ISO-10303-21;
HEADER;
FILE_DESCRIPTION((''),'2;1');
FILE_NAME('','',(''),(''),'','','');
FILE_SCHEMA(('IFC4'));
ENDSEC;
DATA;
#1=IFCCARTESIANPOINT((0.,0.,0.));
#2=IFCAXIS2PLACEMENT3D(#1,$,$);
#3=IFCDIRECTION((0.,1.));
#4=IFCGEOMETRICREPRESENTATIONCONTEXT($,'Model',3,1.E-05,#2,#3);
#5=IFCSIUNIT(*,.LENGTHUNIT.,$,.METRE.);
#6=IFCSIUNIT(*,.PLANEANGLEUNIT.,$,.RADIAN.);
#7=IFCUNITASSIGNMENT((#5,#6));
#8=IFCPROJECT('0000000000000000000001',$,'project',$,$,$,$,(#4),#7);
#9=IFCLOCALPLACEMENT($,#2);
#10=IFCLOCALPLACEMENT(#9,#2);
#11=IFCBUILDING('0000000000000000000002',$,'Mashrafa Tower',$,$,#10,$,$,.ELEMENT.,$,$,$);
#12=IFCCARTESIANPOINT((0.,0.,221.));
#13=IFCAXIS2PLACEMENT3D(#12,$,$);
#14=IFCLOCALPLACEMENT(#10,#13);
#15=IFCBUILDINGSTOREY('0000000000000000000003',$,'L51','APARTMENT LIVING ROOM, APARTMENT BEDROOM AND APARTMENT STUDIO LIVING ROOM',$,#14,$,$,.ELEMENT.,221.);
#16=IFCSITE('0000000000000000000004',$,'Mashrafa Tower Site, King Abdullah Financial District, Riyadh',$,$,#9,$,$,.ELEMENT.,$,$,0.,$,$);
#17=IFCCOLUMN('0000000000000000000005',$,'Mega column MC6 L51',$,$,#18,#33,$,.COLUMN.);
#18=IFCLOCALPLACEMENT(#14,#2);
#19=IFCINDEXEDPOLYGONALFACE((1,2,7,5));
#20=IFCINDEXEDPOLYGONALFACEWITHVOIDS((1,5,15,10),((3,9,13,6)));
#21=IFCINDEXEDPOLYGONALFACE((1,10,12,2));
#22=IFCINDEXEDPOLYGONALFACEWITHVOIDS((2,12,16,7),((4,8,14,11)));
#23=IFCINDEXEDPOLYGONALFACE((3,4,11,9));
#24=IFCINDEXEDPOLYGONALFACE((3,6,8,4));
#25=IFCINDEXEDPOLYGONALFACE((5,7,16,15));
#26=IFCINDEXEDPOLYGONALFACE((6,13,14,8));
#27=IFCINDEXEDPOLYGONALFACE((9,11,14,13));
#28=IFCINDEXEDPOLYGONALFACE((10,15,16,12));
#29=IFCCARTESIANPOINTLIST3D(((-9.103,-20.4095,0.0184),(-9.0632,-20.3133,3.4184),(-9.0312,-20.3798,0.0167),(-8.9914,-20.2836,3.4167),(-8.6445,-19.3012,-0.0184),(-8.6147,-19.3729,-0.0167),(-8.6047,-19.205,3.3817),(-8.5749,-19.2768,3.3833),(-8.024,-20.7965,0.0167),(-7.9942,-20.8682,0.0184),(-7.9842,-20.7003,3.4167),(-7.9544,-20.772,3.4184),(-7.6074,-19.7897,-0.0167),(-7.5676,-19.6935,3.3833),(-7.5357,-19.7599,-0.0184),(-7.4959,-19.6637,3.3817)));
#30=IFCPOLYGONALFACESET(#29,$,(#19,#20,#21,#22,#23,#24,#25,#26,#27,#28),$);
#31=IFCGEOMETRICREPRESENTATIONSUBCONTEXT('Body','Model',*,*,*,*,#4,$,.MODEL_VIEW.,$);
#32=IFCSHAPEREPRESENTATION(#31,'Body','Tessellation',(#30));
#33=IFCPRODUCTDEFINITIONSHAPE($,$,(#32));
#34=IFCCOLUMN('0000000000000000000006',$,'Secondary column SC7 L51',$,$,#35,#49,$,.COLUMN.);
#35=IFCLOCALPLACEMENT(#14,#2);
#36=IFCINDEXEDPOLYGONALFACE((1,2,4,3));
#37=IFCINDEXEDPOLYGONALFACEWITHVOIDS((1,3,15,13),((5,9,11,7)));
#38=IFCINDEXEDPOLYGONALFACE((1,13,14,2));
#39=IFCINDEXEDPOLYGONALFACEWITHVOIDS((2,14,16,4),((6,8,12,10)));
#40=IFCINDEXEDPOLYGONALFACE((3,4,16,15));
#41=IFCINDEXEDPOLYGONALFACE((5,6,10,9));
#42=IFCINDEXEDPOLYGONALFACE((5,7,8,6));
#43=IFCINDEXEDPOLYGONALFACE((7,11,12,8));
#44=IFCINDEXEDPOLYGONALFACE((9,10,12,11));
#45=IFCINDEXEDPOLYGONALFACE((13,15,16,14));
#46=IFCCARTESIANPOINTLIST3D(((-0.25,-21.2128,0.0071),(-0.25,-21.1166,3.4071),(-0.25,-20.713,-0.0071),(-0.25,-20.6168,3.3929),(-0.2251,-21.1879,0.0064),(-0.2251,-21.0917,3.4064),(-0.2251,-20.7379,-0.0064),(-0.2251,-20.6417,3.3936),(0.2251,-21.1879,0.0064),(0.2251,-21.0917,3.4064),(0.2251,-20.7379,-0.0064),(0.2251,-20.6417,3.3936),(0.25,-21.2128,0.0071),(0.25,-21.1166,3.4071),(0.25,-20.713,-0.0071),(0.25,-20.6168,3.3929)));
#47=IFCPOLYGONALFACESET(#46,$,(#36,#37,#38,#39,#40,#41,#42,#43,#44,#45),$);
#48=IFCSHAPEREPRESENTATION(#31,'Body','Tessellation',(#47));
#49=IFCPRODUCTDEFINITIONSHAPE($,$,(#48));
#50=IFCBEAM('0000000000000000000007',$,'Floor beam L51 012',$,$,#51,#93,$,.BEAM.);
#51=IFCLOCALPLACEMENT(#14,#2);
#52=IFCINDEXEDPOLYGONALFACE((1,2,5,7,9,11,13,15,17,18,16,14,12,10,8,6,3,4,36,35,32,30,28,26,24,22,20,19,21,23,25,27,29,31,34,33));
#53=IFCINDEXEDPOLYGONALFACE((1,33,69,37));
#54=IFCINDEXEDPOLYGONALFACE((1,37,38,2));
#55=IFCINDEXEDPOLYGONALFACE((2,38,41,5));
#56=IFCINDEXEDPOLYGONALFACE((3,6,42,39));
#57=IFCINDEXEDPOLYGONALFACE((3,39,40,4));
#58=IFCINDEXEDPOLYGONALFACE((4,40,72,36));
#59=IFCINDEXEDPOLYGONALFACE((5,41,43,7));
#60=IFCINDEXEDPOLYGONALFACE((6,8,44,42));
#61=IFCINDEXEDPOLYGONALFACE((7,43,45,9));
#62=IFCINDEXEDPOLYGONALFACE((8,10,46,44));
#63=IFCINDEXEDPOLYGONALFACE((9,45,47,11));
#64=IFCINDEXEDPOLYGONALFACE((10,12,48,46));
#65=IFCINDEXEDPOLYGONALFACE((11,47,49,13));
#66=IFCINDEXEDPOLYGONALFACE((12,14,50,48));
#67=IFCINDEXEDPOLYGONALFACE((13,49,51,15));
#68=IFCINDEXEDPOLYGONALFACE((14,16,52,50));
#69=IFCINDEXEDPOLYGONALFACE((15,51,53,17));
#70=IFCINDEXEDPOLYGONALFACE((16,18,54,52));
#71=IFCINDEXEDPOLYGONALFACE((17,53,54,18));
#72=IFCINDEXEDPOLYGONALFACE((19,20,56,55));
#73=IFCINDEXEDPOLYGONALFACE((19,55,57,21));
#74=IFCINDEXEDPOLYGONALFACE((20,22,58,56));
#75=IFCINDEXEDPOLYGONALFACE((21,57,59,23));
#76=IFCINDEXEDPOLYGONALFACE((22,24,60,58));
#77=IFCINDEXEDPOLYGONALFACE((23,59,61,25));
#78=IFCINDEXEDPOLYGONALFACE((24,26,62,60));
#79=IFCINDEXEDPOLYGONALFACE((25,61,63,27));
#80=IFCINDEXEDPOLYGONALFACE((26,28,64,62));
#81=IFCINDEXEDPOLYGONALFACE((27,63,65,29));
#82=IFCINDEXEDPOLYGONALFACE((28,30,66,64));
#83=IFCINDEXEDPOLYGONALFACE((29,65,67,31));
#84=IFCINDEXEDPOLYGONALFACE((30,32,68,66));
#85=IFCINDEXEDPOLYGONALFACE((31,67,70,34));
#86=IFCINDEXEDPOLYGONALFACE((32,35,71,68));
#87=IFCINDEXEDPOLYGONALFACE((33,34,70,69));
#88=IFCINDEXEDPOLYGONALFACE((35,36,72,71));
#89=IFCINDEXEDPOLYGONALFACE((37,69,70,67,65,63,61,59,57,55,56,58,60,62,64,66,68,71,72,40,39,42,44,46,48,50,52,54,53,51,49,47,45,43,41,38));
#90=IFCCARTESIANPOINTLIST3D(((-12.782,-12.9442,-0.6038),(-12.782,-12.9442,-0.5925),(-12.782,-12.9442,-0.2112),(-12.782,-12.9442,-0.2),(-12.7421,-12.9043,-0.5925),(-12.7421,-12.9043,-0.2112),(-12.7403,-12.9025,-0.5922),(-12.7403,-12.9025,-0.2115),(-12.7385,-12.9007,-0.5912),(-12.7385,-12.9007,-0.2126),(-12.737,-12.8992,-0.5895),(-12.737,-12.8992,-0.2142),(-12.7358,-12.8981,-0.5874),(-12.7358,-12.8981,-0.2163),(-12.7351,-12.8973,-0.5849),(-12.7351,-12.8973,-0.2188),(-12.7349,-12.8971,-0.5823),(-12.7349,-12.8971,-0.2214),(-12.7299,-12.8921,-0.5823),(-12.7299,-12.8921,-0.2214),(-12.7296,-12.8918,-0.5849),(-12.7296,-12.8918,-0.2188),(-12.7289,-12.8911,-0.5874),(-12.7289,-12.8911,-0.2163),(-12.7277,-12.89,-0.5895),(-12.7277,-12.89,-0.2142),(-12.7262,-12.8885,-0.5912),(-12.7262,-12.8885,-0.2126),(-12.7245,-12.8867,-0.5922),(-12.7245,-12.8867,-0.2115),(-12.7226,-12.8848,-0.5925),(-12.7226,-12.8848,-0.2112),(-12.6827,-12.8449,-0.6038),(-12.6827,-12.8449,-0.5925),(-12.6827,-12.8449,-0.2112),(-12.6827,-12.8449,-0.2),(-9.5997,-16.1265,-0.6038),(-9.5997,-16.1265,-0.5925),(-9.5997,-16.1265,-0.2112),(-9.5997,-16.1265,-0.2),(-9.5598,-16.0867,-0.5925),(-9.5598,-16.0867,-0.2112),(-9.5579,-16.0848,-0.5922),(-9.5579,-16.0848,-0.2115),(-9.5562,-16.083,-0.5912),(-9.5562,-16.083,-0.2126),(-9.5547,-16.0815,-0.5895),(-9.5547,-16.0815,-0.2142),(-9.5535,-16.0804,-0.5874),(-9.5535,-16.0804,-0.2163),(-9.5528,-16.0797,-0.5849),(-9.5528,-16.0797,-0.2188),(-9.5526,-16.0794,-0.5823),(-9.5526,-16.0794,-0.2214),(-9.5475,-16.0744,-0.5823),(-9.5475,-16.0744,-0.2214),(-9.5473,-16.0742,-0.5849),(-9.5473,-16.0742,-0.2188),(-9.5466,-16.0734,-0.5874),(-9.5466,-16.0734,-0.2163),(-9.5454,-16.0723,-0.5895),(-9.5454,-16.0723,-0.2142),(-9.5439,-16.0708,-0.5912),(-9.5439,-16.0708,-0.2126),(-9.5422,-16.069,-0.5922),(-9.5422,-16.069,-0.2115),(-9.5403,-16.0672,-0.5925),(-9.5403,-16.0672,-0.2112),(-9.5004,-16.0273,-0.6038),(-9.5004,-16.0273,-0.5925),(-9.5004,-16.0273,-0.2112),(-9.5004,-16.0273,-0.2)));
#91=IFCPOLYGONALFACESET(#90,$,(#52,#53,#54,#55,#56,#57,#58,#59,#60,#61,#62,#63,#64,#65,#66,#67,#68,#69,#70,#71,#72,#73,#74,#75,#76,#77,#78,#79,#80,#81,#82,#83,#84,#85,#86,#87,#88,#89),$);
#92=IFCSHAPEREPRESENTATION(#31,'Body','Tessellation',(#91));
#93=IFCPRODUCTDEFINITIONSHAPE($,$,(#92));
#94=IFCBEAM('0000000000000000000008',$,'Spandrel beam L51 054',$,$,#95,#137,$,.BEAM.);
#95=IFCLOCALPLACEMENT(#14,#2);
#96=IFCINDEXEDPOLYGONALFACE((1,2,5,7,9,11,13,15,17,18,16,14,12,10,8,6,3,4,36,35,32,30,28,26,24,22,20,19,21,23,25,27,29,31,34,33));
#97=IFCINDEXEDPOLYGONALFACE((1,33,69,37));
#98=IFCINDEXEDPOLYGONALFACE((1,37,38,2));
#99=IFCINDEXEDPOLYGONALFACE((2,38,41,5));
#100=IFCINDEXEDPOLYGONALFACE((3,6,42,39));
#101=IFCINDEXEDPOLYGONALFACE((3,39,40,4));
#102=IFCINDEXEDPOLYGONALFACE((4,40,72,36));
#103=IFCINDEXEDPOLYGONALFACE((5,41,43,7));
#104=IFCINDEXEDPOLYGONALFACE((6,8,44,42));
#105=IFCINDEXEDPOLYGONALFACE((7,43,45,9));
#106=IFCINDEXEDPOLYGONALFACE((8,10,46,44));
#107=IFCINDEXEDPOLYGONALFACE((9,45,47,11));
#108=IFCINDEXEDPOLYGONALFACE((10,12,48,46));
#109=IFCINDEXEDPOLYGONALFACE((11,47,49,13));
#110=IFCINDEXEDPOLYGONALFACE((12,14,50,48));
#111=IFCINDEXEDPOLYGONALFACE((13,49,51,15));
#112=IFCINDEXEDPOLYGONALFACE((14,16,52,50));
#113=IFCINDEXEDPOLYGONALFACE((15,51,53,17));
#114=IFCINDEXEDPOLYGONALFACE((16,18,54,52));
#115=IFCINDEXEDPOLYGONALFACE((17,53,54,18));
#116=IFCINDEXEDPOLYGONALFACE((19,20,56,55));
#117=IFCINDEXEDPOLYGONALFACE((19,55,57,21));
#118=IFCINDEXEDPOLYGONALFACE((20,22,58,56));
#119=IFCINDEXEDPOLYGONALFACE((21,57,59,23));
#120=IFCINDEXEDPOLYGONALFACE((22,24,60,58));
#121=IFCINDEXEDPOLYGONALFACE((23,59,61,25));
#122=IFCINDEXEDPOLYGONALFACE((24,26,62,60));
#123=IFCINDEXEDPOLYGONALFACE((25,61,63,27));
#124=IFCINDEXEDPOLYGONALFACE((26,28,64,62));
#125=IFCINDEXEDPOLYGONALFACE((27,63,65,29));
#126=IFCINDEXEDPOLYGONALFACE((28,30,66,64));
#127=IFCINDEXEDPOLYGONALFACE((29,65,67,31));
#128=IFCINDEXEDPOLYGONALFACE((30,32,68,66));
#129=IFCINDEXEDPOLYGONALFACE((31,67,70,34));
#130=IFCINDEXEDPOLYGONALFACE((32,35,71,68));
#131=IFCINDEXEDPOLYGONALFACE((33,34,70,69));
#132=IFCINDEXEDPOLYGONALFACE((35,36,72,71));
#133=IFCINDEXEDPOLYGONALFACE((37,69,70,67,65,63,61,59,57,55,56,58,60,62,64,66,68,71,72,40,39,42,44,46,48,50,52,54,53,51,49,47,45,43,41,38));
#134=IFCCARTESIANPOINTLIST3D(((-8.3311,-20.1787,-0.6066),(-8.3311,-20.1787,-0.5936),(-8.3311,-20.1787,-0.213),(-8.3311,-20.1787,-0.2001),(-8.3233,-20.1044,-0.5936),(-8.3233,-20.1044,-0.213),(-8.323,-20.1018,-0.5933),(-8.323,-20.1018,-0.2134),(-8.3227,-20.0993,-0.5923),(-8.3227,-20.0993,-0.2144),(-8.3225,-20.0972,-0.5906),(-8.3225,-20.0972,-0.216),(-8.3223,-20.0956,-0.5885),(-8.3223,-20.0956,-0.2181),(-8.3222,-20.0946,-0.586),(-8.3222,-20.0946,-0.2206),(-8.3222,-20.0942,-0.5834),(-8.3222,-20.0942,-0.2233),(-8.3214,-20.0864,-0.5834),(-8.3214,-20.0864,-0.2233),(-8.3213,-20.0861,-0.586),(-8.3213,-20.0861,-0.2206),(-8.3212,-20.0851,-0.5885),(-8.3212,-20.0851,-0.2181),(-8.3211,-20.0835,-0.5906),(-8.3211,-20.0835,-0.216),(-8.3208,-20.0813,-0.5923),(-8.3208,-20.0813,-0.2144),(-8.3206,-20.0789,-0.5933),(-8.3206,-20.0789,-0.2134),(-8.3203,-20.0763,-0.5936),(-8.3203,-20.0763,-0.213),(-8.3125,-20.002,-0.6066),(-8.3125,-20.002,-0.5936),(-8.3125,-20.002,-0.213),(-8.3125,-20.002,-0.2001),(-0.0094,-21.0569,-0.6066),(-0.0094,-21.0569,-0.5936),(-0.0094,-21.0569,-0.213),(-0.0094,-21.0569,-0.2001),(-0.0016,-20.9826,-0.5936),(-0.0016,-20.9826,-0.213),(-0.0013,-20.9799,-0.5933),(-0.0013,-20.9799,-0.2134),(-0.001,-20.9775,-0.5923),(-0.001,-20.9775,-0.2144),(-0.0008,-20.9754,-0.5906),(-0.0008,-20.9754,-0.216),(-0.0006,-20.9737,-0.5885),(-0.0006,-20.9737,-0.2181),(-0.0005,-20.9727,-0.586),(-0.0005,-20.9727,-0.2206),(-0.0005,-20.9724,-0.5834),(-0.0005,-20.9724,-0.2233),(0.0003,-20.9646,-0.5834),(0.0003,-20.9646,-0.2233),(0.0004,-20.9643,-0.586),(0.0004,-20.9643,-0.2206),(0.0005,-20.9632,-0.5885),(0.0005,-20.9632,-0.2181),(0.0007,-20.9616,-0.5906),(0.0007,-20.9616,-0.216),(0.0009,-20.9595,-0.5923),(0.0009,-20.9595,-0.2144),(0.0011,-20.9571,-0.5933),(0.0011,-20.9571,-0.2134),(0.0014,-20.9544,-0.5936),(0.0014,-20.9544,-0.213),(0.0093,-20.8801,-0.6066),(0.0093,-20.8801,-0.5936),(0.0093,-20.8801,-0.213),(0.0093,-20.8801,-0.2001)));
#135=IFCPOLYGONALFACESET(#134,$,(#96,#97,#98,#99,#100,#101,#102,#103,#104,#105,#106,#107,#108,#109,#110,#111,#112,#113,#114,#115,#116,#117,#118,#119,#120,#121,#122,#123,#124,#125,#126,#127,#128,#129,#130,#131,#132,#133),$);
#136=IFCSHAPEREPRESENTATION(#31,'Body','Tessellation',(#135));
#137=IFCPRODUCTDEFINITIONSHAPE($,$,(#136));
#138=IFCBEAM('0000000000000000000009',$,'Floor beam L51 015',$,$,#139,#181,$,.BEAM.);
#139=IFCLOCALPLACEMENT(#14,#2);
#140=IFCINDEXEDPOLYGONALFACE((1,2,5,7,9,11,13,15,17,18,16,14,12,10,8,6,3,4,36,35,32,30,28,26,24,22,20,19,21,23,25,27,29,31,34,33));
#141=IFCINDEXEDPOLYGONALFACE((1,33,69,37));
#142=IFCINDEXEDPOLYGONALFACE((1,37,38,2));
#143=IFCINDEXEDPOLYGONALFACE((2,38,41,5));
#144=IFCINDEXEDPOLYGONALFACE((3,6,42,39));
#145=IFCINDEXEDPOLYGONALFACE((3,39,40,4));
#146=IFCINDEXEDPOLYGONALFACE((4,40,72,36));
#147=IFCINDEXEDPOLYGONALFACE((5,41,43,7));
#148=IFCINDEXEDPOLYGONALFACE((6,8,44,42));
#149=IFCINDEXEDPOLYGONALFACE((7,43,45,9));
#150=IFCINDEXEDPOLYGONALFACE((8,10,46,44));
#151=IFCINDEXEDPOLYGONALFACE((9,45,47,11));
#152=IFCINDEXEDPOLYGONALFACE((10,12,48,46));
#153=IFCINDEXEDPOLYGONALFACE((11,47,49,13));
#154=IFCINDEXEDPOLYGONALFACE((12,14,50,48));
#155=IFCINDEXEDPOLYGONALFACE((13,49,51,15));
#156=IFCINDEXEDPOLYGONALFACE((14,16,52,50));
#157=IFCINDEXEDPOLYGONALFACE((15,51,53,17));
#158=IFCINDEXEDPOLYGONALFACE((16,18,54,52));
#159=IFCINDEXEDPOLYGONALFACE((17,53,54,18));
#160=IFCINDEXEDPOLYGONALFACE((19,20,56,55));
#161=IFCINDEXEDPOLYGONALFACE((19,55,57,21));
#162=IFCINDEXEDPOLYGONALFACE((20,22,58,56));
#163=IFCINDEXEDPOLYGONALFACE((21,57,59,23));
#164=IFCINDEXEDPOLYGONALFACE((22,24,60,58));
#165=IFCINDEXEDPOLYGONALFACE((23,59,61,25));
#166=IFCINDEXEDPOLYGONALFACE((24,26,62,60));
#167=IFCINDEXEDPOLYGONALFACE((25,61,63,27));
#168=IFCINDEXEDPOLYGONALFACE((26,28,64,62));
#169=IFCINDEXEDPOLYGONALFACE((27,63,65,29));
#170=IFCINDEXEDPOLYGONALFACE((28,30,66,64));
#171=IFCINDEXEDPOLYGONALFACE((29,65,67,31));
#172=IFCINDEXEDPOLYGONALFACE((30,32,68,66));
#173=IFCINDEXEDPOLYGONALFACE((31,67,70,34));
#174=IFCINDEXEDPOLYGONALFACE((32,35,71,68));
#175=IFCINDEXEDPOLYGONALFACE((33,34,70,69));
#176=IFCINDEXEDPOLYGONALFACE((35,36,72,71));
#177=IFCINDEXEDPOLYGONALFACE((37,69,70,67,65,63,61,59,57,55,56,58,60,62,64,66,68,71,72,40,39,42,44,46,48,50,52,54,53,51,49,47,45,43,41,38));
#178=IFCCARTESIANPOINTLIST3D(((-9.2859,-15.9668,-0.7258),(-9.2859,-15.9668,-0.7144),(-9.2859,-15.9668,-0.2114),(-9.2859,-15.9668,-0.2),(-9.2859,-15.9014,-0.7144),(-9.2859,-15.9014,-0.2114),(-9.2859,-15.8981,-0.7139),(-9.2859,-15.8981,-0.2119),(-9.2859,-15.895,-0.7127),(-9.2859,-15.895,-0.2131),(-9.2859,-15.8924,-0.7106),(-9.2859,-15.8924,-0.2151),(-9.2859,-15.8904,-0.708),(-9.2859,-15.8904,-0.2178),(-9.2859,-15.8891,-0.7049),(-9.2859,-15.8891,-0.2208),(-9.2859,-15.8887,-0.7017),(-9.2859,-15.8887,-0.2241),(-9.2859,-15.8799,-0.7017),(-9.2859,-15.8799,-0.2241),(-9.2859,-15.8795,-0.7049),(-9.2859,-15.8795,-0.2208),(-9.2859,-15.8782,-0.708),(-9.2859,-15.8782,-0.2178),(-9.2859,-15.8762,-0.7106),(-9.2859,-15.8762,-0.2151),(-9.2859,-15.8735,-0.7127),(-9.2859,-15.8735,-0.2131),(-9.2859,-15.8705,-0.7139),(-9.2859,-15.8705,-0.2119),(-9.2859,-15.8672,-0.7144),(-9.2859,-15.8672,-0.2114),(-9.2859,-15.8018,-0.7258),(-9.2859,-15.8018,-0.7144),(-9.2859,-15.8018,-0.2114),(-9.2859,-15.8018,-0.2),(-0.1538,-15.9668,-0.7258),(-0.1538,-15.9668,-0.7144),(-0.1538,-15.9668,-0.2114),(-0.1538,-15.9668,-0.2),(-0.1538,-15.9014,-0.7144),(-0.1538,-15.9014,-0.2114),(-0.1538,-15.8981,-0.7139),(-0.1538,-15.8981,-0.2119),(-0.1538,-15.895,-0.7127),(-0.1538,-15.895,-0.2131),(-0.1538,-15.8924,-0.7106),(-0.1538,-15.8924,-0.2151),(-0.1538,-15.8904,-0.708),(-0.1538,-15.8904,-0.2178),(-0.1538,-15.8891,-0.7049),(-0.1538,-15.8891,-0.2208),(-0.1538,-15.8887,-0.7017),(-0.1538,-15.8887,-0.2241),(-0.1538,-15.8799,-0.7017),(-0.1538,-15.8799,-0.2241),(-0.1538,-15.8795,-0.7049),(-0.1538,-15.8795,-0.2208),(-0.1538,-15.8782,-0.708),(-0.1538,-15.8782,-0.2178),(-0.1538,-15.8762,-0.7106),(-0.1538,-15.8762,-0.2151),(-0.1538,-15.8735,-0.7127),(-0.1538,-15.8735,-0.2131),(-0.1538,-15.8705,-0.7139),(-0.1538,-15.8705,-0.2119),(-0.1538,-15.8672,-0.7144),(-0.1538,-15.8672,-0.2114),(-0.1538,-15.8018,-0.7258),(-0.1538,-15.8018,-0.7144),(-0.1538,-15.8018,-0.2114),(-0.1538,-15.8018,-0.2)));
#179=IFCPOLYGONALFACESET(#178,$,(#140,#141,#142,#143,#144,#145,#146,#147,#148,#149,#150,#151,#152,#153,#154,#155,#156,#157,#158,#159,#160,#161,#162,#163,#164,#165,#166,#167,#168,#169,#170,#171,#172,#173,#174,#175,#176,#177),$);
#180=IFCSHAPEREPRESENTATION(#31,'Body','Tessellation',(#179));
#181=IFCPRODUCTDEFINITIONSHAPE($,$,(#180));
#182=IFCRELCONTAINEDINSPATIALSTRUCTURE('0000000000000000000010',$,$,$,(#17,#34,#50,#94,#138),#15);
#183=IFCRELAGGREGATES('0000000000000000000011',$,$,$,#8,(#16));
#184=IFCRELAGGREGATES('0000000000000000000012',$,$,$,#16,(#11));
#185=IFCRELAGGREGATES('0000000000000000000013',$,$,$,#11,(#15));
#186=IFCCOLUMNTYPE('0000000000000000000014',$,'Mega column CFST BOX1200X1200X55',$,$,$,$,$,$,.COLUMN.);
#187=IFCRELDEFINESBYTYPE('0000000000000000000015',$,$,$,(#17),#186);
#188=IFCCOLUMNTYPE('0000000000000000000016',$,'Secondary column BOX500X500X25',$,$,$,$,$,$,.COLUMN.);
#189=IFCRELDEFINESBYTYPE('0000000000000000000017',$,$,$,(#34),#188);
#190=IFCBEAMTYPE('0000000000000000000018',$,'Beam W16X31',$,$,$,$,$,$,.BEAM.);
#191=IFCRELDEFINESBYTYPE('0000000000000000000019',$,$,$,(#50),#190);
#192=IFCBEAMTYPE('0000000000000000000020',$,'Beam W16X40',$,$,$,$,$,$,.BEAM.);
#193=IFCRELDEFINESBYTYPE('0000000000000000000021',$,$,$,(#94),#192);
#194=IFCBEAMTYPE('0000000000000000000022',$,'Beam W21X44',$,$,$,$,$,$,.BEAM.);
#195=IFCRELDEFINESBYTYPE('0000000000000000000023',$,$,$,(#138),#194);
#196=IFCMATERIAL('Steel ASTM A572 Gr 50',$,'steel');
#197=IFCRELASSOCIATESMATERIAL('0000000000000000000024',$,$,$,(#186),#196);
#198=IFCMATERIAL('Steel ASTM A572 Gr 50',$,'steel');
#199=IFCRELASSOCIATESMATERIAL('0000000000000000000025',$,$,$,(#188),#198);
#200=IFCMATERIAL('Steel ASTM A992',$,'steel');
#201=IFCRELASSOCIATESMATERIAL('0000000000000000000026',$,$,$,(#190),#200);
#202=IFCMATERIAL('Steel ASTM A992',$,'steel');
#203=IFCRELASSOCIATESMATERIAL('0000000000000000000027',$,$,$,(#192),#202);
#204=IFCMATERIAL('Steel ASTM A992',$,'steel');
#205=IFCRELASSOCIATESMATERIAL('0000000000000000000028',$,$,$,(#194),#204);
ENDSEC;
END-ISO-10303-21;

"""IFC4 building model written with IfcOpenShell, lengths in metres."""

from ifc_helpers import new_model, si_unit, direction, frame, origin, origin_2d, place, context, subcontext, project, spatial, hollow_rectangle, i_section, extrude, material, material_profile, profile_set, type_object, element, save


model = new_model("IFC4")

# Units and contexts
model_context = context("Model", 3, precision=1e-05, world=origin(), true_north=direction((0.0, 1.0)))
body_context = subcontext(model_context, "Body", "Model", "MODEL_VIEW")
ifc_project = project(units=[si_unit("LENGTHUNIT", "METRE"), si_unit("PLANEANGLEUNIT", "RADIAN")], contexts=[model_context])

# Site, building, storey
site_placement = place(None, origin())
site = spatial("IfcSite", under=ifc_project, at=site_placement, Name="Mashrafa Tower Site, King Abdullah Financial District, Riyadh", CompositionType="ELEMENT", RefElevation=0.0)
building_placement = place(site_placement, origin())
building = spatial("IfcBuilding", under=site, at=building_placement, Name="Mashrafa Tower", CompositionType="ELEMENT")
storey_placement = place(building_placement, frame((0.0, 0.0, 221.0)))
storey = spatial("IfcBuildingStorey", under=building, at=storey_placement, Name="L51", Description="APARTMENT LIVING ROOM, APARTMENT BEDROOM AND APARTMENT STUDIO LIVING ROOM", CompositionType="ELEMENT", Elevation=221.0)

# Columns
ifc_material_1 = material(Name="Steel ASTM A572 Gr 50", Category="steel")
ifc_material_profile_1 = material_profile(ifc_material_1, hollow_rectangle(XDim=1.2, YDim=1.2, WallThickness=0.0549, at=origin_2d()), Name="BOX1200X1200X55")
ifc_profile_set_1 = profile_set([ifc_material_profile_1], Name="Steel ASTM A572 Gr 50")
column_type_1 = type_object("IfcColumnType", Name="Mega column CFST BOX1200X1200X55", PredefinedType="COLUMN", material=ifc_profile_set_1)
column_1_placement = place(storey_placement, frame((-8.3193, -20.0847, 0.0), z_axis=(0.011699, 0.028279, 0.999532), x_axis=(-0.924045, 0.382283, 0.0)))
element("IfcColumn", 1, at=column_1_placement, inside=storey, type_object=column_type_1, Name="Mega column MC6 L51", PredefinedType="COLUMN", context=body_context, shape_type="SweptSolid", body=[
    extrude(hollow_rectangle(XDim=1.2, YDim=1.2, WallThickness=0.0549, at=origin_2d()), origin(), (0.0, 0.0, 1.0), 3.4016),
])
ifc_material_2 = material(Name="Steel ASTM A572 Gr 50", Category="steel")
ifc_material_profile_2 = material_profile(ifc_material_2, hollow_rectangle(XDim=0.5, YDim=0.5, WallThickness=0.0249, at=origin_2d()), Name="BOX500X500X25")
ifc_profile_set_2 = profile_set([ifc_material_profile_2], Name="Steel ASTM A572 Gr 50")
column_type_2 = type_object("IfcColumnType", Name="Secondary column BOX500X500X25", PredefinedType="COLUMN", material=ifc_profile_set_2)
column_2_placement = place(storey_placement, frame((0.0, -20.9629, 0.0), z_axis=(0.0, 0.028281, 0.9996), x_axis=(-1.0, 0.0, 0.0)))
element("IfcColumn", 2, at=column_2_placement, inside=storey, type_object=column_type_2, Name="Secondary column SC7 L51", PredefinedType="COLUMN", context=body_context, shape_type="SweptSolid", body=[
    extrude(hollow_rectangle(XDim=0.5, YDim=0.5, WallThickness=0.0249, at=origin_2d()), origin(), (0.0, 0.0, 1.0), 3.4014),
])

# Beams
ifc_material_3 = material(Name="Steel ASTM A992", Category="steel")
ifc_material_profile_3 = material_profile(ifc_material_3, i_section(OverallWidth=0.1404, OverallDepth=0.4038, WebThickness=0.0071, FlangeThickness=0.0112, FilletRadius=0.0103, at=origin_2d()), Name="W16X31")
ifc_profile_set_3 = profile_set([ifc_material_profile_3], Name="Steel ASTM A992")
beam_type_1 = type_object("IfcBeamType", Name="Beam W16X31", PredefinedType="BEAM", material=ifc_profile_set_3)
beam_1_placement = place(storey_placement, frame((-9.55, -16.0769, -0.4019), z_axis=(-0.707107, 0.707107, 0.0), x_axis=(-0.707107, -0.707107, 0.0)))
element("IfcBeam", 3, at=beam_1_placement, inside=storey, type_object=beam_type_1, Name="Floor beam L51 012", PredefinedType="BEAM", context=body_context, shape_type="SweptSolid", body=[
    extrude(i_section(OverallWidth=0.1404, OverallDepth=0.4038, WebThickness=0.0071, FlangeThickness=0.0112, FilletRadius=0.0103, at=origin_2d()), origin(), (0.0, 0.0, 1.0), 4.5005),
])
ifc_material_4 = material(Name="Steel ASTM A992", Category="steel")
ifc_material_profile_4 = material_profile(ifc_material_4, i_section(OverallWidth=0.1777, OverallDepth=0.4065, WebThickness=0.0078, FlangeThickness=0.0129, FilletRadius=0.0103, at=origin_2d()), Name="W16X40")
ifc_profile_set_4 = profile_set([ifc_material_profile_4], Name="Steel ASTM A992")
beam_type_2 = type_object("IfcBeamType", Name="Beam W16X40", PredefinedType="BEAM", material=ifc_profile_set_4)
beam_2_placement = place(storey_placement, frame((-8.3218, -20.0903, -0.4033), z_axis=(0.994478, -0.104944, 0.0), x_axis=(0.104944, 0.994478, 0.0)))
element("IfcBeam", 4, at=beam_2_placement, inside=storey, type_object=beam_type_2, Name="Spandrel beam L51 054", PredefinedType="BEAM", context=body_context, shape_type="SweptSolid", body=[
    extrude(i_section(OverallWidth=0.1777, OverallDepth=0.4065, WebThickness=0.0078, FlangeThickness=0.0129, FilletRadius=0.0103, at=origin_2d()), origin(), (0.0, 0.0, 1.0), 8.3679),
])
ifc_material_5 = material(Name="Steel ASTM A992", Category="steel")
ifc_material_profile_5 = material_profile(ifc_material_5, i_section(OverallWidth=0.165, OverallDepth=0.5259, WebThickness=0.0088, FlangeThickness=0.0115, FilletRadius=0.0127, at=origin_2d()), Name="W21X44")
ifc_profile_set_5 = profile_set([ifc_material_profile_5], Name="Steel ASTM A992")
beam_type_3 = type_object("IfcBeamType", Name="Beam W21X44", PredefinedType="BEAM", material=ifc_profile_set_5)
beam_3_placement = place(storey_placement, frame((-0.1538, -15.8843, -0.4629), z_axis=(-1.0, 0.0, 0.0), x_axis=(0.0, -1.0, 0.0)))
element("IfcBeam", 5, at=beam_3_placement, inside=storey, type_object=beam_type_3, Name="Floor beam L51 015", PredefinedType="BEAM", context=body_context, shape_type="SweptSolid", body=[
    extrude(i_section(OverallWidth=0.165, OverallDepth=0.5259, WebThickness=0.0088, FlangeThickness=0.0115, FilletRadius=0.0127, at=origin_2d()), origin(), (0.0, 0.0, 1.0), 9.1321),
])

save(model, "model.ifc")
